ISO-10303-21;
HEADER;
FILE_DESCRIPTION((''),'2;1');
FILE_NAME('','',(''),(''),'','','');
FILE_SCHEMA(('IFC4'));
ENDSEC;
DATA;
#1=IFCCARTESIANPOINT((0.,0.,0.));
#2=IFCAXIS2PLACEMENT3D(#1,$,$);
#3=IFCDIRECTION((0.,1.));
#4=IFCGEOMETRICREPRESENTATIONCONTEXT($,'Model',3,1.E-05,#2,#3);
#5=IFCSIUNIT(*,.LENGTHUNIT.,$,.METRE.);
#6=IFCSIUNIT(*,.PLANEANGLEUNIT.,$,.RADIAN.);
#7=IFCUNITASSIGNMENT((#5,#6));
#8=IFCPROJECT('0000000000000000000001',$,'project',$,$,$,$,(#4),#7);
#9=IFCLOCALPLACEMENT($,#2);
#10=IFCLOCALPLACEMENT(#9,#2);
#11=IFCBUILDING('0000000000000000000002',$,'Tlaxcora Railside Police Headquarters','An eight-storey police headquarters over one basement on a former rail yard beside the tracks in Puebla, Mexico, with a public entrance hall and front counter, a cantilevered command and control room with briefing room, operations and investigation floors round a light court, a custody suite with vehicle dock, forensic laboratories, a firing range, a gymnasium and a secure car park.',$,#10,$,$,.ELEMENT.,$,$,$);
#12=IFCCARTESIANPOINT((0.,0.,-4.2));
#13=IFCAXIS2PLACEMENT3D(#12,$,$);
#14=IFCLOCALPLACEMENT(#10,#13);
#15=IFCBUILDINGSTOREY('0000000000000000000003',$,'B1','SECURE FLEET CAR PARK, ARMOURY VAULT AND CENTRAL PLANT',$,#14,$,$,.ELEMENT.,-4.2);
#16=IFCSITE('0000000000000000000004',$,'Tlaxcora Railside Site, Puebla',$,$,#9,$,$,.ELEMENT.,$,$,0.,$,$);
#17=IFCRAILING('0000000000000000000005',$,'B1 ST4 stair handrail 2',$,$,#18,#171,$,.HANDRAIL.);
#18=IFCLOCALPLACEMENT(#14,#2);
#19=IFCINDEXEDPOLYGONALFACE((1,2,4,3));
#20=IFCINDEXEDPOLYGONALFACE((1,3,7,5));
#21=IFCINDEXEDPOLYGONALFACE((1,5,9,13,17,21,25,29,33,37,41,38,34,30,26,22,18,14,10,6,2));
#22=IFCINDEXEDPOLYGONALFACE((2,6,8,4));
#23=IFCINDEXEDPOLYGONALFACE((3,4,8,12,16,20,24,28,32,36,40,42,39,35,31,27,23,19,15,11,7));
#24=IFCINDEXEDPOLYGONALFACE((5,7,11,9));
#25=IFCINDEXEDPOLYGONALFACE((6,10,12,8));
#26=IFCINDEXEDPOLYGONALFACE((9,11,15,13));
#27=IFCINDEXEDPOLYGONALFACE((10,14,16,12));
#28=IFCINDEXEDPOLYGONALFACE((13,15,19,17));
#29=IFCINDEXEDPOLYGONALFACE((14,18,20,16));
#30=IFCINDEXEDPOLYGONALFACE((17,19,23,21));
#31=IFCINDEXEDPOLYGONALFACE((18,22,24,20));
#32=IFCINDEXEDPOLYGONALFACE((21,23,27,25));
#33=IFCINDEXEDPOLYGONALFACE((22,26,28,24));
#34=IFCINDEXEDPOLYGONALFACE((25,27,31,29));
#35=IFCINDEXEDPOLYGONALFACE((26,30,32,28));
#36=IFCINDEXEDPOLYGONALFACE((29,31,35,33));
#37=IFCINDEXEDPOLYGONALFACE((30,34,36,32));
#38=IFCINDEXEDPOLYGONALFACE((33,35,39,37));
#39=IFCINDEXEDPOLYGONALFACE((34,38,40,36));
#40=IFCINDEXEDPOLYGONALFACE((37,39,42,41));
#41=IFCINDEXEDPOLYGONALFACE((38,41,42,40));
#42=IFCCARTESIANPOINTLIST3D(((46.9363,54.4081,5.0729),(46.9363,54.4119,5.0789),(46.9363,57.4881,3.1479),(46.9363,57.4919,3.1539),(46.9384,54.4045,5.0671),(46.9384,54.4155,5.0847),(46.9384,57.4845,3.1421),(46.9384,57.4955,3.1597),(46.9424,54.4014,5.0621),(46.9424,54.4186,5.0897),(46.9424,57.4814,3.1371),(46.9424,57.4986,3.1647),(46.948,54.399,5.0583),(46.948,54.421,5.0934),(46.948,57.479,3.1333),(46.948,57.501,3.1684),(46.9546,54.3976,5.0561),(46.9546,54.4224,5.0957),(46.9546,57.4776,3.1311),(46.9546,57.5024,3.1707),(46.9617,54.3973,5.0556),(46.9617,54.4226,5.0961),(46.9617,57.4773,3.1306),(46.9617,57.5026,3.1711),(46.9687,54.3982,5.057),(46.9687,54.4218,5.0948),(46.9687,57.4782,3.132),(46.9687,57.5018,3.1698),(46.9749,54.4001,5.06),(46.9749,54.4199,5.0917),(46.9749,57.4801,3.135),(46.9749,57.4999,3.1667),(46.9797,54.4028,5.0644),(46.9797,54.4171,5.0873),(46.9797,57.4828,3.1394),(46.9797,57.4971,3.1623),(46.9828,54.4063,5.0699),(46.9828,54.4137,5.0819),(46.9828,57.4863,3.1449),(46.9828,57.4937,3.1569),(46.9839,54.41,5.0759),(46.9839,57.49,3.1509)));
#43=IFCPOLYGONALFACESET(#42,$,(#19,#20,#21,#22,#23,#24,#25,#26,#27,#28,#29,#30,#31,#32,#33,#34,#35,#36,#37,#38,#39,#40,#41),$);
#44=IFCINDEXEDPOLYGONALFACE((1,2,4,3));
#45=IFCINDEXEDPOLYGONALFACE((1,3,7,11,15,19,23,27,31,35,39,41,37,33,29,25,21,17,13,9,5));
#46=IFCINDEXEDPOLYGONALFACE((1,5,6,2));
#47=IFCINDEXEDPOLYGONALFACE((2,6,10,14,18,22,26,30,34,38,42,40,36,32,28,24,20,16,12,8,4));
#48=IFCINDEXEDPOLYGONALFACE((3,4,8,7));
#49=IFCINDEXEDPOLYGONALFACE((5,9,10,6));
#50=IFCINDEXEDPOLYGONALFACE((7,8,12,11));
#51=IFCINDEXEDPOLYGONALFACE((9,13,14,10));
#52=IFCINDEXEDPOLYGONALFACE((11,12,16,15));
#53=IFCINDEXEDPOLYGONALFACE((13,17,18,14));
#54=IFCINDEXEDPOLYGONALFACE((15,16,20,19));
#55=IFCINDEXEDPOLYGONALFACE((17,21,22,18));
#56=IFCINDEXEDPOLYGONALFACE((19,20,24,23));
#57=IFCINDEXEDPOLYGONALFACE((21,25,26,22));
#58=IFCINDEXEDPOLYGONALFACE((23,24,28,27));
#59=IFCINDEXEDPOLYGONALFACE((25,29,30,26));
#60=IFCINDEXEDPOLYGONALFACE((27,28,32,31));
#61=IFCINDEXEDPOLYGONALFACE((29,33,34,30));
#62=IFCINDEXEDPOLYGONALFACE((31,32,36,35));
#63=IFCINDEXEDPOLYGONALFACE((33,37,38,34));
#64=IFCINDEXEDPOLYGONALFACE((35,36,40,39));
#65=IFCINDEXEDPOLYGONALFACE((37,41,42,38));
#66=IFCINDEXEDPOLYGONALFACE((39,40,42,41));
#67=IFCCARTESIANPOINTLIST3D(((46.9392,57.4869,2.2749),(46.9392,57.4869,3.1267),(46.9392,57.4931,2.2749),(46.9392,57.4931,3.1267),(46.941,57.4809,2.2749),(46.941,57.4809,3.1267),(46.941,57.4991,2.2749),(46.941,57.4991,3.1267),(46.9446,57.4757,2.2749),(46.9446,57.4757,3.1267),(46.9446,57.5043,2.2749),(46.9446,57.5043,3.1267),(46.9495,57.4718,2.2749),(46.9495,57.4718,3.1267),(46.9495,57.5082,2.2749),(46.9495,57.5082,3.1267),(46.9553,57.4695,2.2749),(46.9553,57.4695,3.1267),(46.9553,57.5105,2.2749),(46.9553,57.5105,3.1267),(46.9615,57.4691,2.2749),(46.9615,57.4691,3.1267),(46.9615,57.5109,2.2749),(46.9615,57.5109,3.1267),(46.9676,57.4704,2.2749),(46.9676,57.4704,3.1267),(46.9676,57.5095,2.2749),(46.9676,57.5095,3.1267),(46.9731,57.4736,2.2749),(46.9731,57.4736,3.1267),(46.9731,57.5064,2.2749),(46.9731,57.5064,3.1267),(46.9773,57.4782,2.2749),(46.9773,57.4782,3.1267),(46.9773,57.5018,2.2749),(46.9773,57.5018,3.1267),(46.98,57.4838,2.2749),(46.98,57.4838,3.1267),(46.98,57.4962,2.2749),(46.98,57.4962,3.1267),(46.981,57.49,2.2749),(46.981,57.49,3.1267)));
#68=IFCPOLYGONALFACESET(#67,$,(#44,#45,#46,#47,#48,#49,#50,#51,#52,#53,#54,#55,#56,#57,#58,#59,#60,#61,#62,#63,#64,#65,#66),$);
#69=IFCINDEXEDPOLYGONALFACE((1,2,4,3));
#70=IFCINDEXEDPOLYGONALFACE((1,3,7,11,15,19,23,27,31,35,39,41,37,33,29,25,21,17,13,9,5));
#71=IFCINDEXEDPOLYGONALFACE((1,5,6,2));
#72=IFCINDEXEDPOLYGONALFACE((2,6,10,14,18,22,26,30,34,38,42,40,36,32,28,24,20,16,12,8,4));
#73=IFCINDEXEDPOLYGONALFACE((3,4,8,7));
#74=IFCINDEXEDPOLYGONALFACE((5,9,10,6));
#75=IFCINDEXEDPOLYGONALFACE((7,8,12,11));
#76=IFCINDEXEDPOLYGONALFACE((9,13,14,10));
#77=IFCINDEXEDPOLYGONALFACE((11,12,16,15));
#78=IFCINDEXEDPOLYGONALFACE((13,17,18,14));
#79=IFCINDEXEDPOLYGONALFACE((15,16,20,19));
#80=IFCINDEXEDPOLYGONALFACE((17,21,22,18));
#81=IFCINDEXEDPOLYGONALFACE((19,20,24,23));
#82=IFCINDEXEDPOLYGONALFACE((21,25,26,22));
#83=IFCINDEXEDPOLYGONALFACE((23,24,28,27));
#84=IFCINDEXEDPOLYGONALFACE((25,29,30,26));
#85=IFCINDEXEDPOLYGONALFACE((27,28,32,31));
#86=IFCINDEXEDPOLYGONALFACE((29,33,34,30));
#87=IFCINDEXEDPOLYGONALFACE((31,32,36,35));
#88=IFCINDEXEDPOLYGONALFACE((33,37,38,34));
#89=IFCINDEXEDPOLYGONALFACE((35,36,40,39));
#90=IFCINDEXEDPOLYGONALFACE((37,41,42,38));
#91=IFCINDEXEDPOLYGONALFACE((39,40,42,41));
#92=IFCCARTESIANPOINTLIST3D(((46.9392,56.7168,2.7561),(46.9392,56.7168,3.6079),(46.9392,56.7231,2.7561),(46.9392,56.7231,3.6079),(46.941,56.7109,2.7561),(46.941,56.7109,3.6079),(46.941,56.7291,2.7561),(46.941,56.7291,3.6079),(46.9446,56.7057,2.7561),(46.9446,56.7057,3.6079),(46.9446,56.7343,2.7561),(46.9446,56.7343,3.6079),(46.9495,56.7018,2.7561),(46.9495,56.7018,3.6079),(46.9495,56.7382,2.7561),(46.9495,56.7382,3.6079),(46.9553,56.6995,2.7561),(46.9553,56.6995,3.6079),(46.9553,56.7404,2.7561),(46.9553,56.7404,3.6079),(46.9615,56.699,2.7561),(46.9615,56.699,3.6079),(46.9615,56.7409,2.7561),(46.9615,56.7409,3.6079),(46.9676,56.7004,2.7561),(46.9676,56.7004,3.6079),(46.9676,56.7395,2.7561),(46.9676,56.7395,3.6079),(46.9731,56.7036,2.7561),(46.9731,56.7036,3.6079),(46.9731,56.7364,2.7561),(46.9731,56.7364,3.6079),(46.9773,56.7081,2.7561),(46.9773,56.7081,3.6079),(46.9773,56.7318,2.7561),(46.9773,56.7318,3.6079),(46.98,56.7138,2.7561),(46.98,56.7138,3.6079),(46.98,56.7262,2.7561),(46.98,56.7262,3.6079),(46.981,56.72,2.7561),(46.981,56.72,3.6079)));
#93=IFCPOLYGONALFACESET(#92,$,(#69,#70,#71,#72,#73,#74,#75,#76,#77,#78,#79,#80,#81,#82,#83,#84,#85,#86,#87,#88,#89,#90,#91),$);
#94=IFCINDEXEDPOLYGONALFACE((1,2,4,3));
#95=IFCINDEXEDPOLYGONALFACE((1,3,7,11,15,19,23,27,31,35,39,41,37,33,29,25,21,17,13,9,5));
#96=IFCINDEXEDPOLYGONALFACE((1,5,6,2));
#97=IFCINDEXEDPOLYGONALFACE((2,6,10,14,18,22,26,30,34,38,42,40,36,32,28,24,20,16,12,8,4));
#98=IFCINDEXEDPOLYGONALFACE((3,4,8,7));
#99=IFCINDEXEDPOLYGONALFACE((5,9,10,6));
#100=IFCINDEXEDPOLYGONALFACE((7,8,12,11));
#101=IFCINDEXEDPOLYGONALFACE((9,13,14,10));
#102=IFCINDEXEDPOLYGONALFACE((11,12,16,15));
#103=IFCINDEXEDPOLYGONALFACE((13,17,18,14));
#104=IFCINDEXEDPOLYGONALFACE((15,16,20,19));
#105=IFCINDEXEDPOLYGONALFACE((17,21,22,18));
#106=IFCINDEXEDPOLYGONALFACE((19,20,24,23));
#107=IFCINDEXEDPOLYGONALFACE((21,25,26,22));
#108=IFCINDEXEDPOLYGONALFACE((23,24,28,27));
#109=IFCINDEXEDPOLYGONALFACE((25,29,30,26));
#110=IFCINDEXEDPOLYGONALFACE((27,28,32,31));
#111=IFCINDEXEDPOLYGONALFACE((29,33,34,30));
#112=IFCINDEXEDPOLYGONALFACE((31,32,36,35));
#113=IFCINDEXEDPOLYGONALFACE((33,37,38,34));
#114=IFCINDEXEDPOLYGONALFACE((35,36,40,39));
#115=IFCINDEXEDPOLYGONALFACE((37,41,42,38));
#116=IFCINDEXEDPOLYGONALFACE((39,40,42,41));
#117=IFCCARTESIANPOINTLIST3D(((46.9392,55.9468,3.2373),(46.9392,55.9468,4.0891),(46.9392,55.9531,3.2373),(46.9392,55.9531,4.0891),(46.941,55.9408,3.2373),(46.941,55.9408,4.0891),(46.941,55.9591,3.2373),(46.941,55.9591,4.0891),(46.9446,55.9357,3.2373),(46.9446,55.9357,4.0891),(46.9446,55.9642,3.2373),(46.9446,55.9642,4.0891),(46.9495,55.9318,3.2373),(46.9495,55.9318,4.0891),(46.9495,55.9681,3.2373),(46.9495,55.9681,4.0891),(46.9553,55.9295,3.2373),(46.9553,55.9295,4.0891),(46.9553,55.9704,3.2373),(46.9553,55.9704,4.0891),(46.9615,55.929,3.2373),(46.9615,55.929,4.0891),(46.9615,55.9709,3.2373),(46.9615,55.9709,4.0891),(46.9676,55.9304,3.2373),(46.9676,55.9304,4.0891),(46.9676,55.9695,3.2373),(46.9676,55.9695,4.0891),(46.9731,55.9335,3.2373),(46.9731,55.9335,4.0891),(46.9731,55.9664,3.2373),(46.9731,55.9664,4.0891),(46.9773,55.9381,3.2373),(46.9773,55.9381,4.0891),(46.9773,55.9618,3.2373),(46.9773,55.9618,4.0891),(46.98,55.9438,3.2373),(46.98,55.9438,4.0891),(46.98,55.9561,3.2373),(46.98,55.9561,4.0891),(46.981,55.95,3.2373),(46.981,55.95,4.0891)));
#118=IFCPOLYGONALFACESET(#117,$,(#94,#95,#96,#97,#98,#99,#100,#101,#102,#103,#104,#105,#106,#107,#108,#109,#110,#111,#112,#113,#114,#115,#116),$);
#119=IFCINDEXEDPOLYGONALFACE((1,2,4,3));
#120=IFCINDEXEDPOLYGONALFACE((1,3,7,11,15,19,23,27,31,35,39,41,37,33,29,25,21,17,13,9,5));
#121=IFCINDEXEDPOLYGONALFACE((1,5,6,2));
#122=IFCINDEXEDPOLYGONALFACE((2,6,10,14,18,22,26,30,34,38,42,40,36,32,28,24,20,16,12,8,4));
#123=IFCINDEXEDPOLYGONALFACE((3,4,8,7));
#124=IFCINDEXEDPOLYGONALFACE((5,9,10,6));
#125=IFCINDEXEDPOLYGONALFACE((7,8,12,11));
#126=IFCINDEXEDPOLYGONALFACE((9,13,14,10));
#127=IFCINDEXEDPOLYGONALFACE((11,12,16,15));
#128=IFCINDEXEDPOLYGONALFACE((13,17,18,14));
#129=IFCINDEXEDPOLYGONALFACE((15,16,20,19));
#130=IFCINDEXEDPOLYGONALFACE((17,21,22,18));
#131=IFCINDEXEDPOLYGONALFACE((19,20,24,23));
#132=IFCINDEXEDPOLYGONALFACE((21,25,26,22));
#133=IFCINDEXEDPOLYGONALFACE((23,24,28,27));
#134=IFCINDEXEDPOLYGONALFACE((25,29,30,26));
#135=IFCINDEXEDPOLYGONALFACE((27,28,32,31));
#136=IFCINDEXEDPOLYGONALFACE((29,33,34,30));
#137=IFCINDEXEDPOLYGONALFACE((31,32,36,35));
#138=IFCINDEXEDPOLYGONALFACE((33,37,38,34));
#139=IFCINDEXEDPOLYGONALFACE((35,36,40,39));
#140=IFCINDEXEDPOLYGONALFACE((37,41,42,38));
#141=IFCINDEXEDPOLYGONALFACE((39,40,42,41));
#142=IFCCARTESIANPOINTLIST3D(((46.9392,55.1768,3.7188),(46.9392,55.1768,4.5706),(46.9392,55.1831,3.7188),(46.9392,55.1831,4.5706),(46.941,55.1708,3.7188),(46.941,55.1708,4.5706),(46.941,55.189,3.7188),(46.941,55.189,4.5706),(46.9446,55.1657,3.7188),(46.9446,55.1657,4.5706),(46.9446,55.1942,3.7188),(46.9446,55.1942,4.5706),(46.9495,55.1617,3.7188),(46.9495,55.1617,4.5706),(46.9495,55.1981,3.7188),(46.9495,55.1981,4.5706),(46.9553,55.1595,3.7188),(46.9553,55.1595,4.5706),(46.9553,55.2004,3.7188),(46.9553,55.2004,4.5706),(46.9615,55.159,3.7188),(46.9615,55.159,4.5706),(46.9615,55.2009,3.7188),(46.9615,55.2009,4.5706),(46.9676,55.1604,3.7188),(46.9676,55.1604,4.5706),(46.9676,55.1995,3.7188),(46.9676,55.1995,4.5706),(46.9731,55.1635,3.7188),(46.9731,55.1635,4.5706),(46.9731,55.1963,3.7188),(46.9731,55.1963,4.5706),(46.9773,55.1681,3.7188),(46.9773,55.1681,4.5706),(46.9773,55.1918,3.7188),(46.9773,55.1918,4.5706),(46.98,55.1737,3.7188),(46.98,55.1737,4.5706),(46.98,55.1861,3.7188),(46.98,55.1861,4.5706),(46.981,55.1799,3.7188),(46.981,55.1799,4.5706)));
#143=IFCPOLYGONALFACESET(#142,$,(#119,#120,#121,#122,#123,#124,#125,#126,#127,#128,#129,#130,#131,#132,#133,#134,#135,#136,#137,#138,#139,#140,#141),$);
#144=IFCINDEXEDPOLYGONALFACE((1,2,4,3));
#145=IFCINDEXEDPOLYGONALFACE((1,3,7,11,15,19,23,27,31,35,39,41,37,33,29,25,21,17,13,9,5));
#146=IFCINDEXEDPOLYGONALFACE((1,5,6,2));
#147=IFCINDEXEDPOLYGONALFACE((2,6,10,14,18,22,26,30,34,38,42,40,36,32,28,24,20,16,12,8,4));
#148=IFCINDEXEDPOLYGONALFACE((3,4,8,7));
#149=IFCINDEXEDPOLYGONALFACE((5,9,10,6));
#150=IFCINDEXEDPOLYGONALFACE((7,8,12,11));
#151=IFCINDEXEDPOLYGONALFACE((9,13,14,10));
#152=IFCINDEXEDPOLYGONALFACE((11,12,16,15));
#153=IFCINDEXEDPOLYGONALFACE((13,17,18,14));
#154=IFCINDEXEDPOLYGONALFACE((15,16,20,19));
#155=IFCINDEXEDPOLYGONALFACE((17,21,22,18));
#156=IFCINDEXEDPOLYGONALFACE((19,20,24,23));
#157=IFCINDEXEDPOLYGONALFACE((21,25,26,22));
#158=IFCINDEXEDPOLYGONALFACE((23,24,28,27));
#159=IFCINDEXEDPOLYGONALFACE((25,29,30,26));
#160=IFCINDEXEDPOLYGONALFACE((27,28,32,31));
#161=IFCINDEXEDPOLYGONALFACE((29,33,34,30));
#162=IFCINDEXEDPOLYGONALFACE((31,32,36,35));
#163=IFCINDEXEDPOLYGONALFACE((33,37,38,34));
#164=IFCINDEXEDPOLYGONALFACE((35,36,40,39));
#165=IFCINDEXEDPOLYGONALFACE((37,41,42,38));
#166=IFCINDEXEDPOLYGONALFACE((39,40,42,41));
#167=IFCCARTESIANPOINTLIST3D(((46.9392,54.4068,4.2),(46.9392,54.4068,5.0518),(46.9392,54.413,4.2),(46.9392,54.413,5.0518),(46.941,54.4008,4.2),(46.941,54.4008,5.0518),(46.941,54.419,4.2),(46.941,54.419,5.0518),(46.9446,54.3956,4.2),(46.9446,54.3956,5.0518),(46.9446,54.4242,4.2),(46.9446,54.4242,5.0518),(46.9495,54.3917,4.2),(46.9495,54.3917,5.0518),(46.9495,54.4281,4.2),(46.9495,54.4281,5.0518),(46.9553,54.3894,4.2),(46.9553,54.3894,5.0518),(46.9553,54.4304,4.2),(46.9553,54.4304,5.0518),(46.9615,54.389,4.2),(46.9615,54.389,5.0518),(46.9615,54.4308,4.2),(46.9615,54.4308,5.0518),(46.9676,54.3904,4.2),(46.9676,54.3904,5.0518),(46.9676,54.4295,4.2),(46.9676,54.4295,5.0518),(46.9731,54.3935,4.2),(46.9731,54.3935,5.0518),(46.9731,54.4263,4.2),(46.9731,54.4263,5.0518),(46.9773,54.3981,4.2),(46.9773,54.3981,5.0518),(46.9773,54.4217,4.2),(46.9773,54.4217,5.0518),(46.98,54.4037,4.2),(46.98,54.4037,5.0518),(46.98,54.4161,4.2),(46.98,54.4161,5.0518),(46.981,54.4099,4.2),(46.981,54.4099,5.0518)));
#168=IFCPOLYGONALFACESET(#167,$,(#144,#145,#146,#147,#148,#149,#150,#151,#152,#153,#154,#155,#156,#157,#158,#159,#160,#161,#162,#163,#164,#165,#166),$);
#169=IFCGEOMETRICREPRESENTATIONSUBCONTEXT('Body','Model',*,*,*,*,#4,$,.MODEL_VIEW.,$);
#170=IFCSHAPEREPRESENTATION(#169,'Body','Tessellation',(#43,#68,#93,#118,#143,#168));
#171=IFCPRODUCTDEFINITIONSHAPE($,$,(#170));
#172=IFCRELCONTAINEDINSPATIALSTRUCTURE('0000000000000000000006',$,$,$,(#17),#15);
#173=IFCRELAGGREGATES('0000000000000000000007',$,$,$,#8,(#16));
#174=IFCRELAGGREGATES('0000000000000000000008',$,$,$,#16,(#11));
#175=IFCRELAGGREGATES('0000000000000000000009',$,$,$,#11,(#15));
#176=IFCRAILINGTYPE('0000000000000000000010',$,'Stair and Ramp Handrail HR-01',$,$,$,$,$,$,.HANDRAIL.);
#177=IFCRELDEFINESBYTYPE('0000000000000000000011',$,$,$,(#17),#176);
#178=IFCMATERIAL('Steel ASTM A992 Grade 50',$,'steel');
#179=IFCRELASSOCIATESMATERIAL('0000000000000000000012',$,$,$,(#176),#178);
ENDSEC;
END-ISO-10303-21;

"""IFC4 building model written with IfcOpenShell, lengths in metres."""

from ifc_helpers import new_model, si_unit, direction, frame, origin, origin_2d, place, context, subcontext, project, spatial, circle, extrude, material, type_object, element, save


model = new_model("IFC4")

# Units and contexts
model_context = context("Model", 3, precision=1e-05, world=origin(), true_north=direction((0.0, 1.0)))
body_context = subcontext(model_context, "Body", "Model", "MODEL_VIEW")
ifc_project = project(units=[si_unit("LENGTHUNIT", "METRE"), si_unit("PLANEANGLEUNIT", "RADIAN")], contexts=[model_context])

# Site, building, storey
site_placement = place(None, origin())
site = spatial("IfcSite", under=ifc_project, at=site_placement, Name="Tlaxcora Railside Site, Puebla", CompositionType="ELEMENT", RefElevation=0.0)
building_placement = place(site_placement, origin())
building = spatial("IfcBuilding", under=site, at=building_placement, Name="Tlaxcora Railside Police Headquarters", Description="An eight-storey police headquarters over one basement on a former rail yard beside the tracks in Puebla, Mexico, with a public entrance hall and front counter, a cantilevered command and control room with briefing room, operations and investigation floors round a light court, a custody suite with vehicle dock, forensic laboratories, a firing range, a gymnasium and a secure car park.", CompositionType="ELEMENT")
storey_placement = place(building_placement, frame((0.0, 0.0, -4.2)))
storey = spatial("IfcBuildingStorey", under=building, at=storey_placement, Name="B1", Description="SECURE FLEET CAR PARK, ARMOURY VAULT AND CENTRAL PLANT", CompositionType="ELEMENT", Elevation=-4.2)

# Shared definitions
ifc_material_1 = material(Name="Steel ASTM A992 Grade 50", Category="steel")

# Railing
railing_type_1 = type_object("IfcRailingType", Name="Stair and Ramp Handrail HR-01", PredefinedType="HANDRAIL", material=ifc_material_1)
railing_1_placement = place(storey_placement, frame((46.96, 57.49, 2.2749)))
element("IfcRailing", 1, at=railing_1_placement, inside=storey, type_object=railing_type_1, Name="B1 ST4 stair handrail 2", PredefinedType="HANDRAIL", context=body_context, shape_type="SweptSolid", body=[
    extrude(circle(Radius=0.0239, at=origin_2d()), frame((0.0, 0.0, 0.876), z_axis=(0.0, -0.847998, 0.529999), x_axis=(1.0, 0.0, 0.0)), (0.0, 0.0, 1.0), 3.6321),
    extrude(circle(Radius=0.021, at=origin_2d()), origin(), (0.0, 0.0, 1.0), 0.8518),
    extrude(circle(Radius=0.021, at=origin_2d()), frame((0.0, -0.77, 0.4812)), (0.0, 0.0, 1.0), 0.8518),
    extrude(circle(Radius=0.021, at=origin_2d()), frame((0.0, -1.54, 0.9624)), (0.0, 0.0, 1.0), 0.8518),
    extrude(circle(Radius=0.021, at=origin_2d()), frame((0.0, -2.3101, 1.4438)), (0.0, 0.0, 1.0), 0.8518),
    extrude(circle(Radius=0.021, at=origin_2d()), frame((0.0, -3.0801, 1.925)), (0.0, 0.0, 1.0), 0.8518),
])

save(model, "model.ifc")
